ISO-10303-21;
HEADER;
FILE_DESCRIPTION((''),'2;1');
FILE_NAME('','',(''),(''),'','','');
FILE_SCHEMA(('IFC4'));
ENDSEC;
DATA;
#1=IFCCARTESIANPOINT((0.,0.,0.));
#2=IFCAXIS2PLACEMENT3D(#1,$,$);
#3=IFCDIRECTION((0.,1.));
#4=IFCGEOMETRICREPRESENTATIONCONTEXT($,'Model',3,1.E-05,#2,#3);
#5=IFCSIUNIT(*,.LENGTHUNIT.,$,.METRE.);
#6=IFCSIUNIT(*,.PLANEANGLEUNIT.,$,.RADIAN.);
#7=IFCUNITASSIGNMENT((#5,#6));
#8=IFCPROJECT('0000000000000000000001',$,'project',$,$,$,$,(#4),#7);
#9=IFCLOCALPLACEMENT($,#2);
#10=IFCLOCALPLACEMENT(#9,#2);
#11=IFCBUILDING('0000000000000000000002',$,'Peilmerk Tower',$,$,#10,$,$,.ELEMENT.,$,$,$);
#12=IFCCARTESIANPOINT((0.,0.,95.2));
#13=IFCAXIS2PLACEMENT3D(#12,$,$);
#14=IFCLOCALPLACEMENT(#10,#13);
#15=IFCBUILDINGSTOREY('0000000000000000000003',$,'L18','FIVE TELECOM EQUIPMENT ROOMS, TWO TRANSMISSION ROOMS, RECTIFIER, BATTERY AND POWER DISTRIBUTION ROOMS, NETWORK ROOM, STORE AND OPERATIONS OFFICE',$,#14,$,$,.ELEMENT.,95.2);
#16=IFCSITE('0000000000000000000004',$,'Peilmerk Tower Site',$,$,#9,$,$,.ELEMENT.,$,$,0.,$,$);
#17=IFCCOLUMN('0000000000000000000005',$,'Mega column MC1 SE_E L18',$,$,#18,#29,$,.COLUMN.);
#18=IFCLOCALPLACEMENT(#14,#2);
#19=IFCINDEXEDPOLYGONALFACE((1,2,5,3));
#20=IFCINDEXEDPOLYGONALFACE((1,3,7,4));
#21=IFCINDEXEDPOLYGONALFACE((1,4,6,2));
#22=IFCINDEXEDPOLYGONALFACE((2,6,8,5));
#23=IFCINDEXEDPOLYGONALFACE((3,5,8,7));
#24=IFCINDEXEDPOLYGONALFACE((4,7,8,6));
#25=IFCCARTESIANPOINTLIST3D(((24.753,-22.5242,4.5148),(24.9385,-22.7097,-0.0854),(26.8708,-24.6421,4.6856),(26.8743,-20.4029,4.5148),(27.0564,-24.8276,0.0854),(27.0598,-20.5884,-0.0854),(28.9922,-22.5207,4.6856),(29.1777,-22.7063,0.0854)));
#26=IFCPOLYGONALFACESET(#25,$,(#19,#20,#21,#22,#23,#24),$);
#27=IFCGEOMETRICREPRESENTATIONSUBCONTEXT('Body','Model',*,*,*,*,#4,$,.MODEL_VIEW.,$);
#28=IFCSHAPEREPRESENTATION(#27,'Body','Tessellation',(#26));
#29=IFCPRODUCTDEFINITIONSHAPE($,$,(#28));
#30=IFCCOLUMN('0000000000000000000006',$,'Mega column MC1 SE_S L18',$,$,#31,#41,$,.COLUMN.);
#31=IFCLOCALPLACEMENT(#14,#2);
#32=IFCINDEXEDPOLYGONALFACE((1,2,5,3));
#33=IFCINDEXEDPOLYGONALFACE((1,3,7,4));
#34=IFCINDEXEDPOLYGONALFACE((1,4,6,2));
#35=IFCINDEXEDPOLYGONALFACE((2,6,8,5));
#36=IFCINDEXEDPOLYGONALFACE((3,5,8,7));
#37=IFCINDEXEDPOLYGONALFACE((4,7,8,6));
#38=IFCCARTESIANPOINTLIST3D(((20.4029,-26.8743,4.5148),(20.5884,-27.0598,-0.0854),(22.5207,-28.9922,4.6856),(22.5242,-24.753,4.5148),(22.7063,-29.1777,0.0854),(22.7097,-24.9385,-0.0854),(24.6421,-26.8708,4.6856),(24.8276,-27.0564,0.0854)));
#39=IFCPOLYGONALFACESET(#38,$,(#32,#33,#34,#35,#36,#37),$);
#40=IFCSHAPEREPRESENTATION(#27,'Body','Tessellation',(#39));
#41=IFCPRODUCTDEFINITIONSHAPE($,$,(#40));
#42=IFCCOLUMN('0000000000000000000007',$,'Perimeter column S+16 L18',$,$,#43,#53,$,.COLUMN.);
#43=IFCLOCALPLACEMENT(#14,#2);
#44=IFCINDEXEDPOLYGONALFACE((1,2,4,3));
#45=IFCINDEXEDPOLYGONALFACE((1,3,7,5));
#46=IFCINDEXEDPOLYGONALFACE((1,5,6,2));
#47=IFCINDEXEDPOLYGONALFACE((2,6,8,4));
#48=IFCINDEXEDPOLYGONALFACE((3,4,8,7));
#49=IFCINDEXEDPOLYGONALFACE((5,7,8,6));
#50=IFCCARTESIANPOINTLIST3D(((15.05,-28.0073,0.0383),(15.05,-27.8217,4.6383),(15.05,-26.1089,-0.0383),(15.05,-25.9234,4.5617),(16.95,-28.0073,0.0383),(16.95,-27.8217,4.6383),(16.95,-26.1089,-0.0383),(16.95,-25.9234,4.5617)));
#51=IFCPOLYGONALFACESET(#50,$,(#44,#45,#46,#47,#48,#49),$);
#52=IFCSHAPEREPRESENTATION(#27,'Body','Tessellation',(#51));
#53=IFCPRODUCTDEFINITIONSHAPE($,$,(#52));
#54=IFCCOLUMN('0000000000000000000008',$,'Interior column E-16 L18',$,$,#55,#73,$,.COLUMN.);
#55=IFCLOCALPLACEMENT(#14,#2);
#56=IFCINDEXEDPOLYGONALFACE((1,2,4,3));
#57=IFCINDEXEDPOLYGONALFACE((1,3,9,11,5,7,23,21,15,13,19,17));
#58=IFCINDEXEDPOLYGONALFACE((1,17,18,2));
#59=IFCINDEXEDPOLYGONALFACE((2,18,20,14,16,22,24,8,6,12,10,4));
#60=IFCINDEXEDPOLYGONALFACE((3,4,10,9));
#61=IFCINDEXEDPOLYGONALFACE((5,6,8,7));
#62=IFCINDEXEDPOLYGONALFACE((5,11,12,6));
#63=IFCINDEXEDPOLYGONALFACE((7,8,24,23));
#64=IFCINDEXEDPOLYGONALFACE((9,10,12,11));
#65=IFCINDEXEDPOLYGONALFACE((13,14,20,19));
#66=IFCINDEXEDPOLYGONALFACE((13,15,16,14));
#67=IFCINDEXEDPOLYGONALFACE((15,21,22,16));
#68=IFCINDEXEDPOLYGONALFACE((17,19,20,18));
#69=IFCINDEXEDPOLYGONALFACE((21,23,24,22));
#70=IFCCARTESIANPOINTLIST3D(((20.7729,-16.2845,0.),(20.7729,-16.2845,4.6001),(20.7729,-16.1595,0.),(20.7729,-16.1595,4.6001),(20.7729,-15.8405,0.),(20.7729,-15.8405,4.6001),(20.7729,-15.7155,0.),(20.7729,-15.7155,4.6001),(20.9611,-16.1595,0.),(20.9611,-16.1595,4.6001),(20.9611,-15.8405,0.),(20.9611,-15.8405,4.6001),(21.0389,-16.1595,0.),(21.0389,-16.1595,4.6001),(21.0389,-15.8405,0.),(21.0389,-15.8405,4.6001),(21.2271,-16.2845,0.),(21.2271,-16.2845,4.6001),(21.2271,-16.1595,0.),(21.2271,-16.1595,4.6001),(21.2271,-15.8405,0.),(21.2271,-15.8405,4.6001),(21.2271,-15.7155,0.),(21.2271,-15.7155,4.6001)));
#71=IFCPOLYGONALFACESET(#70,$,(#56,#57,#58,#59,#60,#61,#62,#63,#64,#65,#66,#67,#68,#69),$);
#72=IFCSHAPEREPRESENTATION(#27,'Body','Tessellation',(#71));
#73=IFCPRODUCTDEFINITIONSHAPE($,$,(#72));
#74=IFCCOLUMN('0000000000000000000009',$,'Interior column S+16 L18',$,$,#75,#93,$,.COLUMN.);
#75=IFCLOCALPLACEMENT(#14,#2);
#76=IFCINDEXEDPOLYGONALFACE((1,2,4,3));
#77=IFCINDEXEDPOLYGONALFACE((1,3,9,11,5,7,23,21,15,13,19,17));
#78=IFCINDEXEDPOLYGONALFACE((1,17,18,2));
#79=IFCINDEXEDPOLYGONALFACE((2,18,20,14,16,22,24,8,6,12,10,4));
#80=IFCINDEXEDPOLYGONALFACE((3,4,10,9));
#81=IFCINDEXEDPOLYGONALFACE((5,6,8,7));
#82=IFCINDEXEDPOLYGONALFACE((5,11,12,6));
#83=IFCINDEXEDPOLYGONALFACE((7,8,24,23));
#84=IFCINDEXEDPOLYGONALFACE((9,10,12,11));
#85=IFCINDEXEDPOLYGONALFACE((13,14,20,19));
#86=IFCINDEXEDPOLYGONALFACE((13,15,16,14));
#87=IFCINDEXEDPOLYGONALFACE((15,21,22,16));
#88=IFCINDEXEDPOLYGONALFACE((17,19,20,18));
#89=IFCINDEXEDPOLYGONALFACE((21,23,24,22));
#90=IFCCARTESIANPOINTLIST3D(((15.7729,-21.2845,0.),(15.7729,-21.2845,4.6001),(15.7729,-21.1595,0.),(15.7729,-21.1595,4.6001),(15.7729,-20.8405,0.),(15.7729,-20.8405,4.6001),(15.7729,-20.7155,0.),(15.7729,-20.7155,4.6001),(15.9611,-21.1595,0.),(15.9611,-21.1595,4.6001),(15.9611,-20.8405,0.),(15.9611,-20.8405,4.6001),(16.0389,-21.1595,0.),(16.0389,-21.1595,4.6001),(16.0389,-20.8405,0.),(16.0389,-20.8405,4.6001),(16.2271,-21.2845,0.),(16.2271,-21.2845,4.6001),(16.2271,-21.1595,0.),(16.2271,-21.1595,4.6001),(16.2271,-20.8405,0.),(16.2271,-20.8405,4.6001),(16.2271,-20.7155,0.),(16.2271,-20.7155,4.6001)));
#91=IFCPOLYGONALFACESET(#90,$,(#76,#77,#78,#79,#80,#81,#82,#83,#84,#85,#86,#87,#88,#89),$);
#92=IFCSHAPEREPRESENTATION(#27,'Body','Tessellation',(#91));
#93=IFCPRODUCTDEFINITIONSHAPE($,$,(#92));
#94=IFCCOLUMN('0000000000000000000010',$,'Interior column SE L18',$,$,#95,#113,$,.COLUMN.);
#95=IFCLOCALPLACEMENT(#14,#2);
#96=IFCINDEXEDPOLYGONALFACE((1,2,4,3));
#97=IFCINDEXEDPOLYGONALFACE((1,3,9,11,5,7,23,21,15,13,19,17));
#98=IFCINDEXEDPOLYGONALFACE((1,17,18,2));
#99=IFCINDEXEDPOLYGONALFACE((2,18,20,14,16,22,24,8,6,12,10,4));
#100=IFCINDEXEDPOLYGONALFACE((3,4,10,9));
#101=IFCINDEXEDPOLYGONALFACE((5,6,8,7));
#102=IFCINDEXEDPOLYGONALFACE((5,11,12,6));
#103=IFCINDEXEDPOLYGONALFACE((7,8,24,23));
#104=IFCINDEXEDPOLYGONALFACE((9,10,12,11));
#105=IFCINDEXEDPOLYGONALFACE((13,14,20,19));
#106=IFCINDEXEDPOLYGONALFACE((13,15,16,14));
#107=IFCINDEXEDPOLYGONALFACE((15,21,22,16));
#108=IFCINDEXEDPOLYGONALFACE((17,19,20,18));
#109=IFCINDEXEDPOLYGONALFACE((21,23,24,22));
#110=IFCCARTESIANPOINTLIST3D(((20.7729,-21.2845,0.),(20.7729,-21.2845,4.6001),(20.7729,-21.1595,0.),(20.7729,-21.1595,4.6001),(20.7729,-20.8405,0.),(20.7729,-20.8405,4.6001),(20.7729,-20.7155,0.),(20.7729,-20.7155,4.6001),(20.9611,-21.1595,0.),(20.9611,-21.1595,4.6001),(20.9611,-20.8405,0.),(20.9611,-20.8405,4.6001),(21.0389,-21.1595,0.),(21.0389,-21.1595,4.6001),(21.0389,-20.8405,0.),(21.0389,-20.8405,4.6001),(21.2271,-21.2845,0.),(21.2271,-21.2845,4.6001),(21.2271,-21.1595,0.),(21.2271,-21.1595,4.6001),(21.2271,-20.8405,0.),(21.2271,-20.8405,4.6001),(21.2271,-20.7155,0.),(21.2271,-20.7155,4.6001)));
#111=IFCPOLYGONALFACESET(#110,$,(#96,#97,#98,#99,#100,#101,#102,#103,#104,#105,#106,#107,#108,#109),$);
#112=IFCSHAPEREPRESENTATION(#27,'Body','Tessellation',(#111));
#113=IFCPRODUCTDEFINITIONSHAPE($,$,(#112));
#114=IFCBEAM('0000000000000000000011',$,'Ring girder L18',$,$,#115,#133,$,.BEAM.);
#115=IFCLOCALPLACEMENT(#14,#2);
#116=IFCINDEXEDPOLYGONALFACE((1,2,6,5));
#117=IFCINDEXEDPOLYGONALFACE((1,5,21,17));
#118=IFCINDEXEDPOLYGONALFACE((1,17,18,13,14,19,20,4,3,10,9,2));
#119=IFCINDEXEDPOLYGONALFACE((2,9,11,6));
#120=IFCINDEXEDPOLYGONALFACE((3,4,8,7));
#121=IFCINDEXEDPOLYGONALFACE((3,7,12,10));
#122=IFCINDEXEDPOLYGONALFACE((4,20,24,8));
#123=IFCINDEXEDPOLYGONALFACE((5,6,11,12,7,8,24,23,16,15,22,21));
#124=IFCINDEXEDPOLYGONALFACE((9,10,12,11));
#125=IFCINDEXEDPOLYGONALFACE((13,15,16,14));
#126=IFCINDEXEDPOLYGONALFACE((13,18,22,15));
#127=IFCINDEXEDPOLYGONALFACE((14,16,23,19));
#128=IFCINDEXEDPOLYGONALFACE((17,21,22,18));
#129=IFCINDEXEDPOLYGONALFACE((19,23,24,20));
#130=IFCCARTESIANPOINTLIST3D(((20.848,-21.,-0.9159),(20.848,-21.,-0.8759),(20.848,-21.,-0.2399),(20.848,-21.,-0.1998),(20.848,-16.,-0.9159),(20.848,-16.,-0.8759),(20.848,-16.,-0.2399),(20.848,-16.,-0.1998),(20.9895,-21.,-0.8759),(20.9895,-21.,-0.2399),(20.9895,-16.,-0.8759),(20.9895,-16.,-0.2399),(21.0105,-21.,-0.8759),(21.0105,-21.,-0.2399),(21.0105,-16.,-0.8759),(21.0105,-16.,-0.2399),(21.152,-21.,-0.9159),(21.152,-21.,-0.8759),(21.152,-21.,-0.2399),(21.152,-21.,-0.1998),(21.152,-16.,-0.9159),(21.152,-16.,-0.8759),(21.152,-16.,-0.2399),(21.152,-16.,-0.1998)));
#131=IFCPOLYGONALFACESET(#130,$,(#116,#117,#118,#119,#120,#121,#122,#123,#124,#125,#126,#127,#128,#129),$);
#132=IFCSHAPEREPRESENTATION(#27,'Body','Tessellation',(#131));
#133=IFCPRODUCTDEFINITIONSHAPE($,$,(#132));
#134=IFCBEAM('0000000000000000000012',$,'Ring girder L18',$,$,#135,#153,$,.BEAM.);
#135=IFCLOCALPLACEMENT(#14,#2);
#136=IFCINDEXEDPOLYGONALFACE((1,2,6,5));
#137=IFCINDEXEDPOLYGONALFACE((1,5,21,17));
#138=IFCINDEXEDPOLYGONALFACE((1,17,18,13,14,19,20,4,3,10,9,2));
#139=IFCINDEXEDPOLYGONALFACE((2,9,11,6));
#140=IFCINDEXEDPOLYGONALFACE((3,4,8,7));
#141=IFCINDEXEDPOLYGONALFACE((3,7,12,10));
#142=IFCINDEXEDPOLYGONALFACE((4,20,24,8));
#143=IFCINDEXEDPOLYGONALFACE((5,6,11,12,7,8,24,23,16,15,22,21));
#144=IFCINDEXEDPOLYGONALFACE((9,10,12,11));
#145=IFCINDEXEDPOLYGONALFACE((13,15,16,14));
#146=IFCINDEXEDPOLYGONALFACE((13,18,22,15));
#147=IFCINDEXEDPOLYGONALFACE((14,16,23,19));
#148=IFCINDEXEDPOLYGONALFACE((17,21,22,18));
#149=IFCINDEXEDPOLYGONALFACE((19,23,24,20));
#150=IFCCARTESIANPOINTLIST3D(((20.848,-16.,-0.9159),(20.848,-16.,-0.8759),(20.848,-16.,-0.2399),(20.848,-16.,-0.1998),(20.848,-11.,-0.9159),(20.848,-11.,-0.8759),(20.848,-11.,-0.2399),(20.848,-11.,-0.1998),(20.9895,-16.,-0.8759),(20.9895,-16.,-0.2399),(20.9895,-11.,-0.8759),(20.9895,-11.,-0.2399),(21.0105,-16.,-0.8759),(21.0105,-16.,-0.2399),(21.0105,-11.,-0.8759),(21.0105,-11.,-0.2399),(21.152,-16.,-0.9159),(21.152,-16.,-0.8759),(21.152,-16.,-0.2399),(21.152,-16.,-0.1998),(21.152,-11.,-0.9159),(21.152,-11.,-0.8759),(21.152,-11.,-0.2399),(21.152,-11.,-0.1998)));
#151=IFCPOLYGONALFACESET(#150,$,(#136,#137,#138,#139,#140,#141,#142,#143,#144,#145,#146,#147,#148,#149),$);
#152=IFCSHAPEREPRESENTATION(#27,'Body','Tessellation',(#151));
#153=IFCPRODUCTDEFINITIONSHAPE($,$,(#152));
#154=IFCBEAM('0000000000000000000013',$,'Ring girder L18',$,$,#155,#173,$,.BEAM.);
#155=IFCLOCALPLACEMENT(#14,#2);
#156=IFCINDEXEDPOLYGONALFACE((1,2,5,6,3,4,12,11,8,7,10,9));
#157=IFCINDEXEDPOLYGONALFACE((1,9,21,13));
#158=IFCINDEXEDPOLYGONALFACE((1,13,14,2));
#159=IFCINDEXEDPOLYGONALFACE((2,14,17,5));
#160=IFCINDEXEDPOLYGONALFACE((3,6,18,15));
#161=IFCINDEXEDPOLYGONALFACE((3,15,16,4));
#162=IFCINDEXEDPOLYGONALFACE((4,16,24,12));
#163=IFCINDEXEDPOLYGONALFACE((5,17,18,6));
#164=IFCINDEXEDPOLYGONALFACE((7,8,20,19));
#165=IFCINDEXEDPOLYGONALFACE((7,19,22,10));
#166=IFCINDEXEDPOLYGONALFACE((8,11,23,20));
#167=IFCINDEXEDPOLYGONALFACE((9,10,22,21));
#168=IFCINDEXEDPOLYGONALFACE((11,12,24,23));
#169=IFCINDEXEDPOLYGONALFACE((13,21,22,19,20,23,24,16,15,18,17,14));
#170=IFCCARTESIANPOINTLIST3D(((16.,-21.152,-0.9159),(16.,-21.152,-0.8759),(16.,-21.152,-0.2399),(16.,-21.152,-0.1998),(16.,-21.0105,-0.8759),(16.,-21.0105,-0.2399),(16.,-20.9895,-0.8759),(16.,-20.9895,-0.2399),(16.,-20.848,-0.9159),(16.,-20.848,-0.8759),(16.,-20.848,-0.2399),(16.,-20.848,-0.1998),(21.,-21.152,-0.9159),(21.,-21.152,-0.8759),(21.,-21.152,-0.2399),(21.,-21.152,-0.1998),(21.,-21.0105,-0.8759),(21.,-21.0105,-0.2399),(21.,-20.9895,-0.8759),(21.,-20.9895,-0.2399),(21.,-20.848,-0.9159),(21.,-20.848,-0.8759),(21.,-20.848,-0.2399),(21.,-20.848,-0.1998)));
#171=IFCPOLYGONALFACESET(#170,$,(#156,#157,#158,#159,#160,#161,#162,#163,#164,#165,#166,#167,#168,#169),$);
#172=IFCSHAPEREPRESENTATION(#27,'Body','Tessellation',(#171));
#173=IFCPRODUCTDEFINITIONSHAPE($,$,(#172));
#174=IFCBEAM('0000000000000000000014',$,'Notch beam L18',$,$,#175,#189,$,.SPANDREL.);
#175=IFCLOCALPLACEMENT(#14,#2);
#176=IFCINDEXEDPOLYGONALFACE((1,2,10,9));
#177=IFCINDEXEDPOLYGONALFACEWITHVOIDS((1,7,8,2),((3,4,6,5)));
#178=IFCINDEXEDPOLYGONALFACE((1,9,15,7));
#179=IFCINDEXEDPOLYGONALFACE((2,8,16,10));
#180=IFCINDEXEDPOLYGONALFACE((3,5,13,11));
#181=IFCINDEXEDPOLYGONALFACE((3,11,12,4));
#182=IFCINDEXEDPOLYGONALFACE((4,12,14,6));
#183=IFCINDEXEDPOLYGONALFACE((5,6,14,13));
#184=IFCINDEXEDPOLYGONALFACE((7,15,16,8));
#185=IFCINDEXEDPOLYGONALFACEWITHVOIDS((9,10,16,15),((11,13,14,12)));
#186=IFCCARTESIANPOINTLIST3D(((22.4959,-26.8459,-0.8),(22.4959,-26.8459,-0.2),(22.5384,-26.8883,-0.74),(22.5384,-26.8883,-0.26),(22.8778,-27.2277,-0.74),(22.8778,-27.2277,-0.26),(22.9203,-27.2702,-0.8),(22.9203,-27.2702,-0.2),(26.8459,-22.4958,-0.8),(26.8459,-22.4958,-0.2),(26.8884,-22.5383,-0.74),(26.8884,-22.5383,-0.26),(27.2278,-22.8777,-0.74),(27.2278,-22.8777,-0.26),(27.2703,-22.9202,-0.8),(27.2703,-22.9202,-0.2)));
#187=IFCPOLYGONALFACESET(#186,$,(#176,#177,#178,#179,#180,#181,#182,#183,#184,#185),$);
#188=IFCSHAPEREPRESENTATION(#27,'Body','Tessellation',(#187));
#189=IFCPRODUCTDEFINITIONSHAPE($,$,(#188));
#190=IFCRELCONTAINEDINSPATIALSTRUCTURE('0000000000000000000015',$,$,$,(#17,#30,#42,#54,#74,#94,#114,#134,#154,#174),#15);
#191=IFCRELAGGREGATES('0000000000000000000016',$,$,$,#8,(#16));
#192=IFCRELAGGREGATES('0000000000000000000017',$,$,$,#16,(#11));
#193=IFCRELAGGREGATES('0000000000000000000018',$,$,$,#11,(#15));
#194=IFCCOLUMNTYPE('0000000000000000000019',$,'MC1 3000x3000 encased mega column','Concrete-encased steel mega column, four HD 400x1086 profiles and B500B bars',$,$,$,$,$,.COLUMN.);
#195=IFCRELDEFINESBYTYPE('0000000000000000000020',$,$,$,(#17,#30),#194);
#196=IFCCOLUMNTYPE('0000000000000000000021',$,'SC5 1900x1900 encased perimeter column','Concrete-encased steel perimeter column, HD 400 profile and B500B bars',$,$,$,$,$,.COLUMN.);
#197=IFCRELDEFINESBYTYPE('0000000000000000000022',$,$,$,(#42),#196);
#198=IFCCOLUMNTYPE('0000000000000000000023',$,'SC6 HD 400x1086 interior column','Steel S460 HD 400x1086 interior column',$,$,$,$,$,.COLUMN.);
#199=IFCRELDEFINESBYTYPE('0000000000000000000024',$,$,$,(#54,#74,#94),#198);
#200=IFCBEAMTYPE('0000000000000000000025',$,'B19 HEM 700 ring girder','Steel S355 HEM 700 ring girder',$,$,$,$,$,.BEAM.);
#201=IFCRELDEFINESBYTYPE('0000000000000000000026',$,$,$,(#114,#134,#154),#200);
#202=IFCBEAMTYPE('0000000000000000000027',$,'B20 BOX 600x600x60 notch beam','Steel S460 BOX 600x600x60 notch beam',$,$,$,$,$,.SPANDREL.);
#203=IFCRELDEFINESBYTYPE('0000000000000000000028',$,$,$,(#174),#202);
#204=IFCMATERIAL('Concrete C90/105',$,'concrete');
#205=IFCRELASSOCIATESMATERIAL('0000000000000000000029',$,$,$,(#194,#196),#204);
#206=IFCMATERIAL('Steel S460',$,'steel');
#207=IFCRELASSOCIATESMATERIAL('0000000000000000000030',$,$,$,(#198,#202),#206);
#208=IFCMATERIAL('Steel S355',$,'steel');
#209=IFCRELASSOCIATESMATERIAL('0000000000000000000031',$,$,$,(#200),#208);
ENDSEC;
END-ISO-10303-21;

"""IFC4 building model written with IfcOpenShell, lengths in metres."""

from ifc_helpers import new_model, si_unit, direction, frame, origin, origin_2d, place, context, subcontext, project, spatial, rectangle, hollow_rectangle, i_section, extrude, material, material_profile, profile_set, type_object, element, save


model = new_model("IFC4")

# Units and contexts
model_context = context("Model", 3, precision=1e-05, world=origin(), true_north=direction((0.0, 1.0)))
body_context = subcontext(model_context, "Body", "Model", "MODEL_VIEW")
ifc_project = project(units=[si_unit("LENGTHUNIT", "METRE"), si_unit("PLANEANGLEUNIT", "RADIAN")], contexts=[model_context])

# Site, building, storey
site_placement = place(None, origin())
site = spatial("IfcSite", under=ifc_project, at=site_placement, Name="Peilmerk Tower Site", CompositionType="ELEMENT", RefElevation=0.0)
building_placement = place(site_placement, origin())
building = spatial("IfcBuilding", under=site, at=building_placement, Name="Peilmerk Tower", CompositionType="ELEMENT")
storey_placement = place(building_placement, frame((0.0, 0.0, 95.2)))
storey = spatial("IfcBuildingStorey", under=building, at=storey_placement, Name="L18", Description="FIVE TELECOM EQUIPMENT ROOMS, TWO TRANSMISSION ROOMS, RECTIFIER, BATTERY AND POWER DISTRIBUTION ROOMS, NETWORK ROOM, STORE AND OPERATIONS OFFICE", CompositionType="ELEMENT", Elevation=95.2)

# Columns
ifc_material_1 = material(Name="Concrete C90/105", Category="concrete")
ifc_material_profile_1 = material_profile(ifc_material_1, rectangle(XDim=3.0, YDim=3.0, at=origin_2d()), Name="RC 3000x3000")
ifc_profile_set_1 = profile_set([ifc_material_profile_1], Name="Concrete C90/105")
column_type_1 = type_object("IfcColumnType", Name="MC1 3000x3000 encased mega column", Description="Concrete-encased steel mega column, four HD 400x1086 profiles and B500B bars", PredefinedType="COLUMN", material=ifc_profile_set_1)
for number, where, z_axis, x_axis, name in (
    (1, (27.0581, -22.708, 0.0), (-0.04027, 0.04027, 0.998377), (-0.707107, -0.707107, 0.0), "Mega column MC1 SE_E L18"),
    (2, (22.708, -27.0581, 0.0), (-0.04027, 0.04027, 0.998377), (-0.707107, -0.707107, 0.0), "Mega column MC1 SE_S L18"),
):
    element("IfcColumn", number, at=place(storey_placement, frame(where, z_axis=z_axis, x_axis=x_axis)), inside=storey, type_object=column_type_1, Name=name, PredefinedType="COLUMN", context=body_context, shape_type="SweptSolid", body=[
        extrude(rectangle(XDim=3.0, YDim=3.0, at=origin_2d()), origin(), (0.0, 0.0, 1.0), 4.6077),
    ])
ifc_material_profile_2 = material_profile(ifc_material_1, rectangle(XDim=1.8999, YDim=1.8999, at=origin_2d()), Name="RC 1900x1900")
ifc_profile_set_2 = profile_set([ifc_material_profile_2], Name="Concrete C90/105")
column_type_2 = type_object("IfcColumnType", Name="SC5 1900x1900 encased perimeter column", Description="Concrete-encased steel perimeter column, HD 400 profile and B500B bars", PredefinedType="COLUMN", material=ifc_profile_set_2)
column_placement = place(storey_placement, frame((16.0, -27.0581, 0.0), z_axis=(0.0, 0.040303, 0.999188), x_axis=(-1.0, 0.0, 0.0)))
element("IfcColumn", 3, at=column_placement, inside=storey, type_object=column_type_2, Name="Perimeter column S+16 L18", PredefinedType="COLUMN", context=body_context, shape_type="SweptSolid", body=[
    extrude(rectangle(XDim=1.8999, YDim=1.8999, at=origin_2d()), origin(), (0.0, 0.0, 1.0), 4.6038),
])
ifc_material_2 = material(Name="Steel S460", Category="steel")
ifc_material_profile_3 = material_profile(ifc_material_2, i_section(OverallWidth=0.4541, OverallDepth=0.5691, WebThickness=0.0779, FlangeThickness=0.125, at=origin_2d()), Name="HD 400x1086")
ifc_profile_set_3 = profile_set([ifc_material_profile_3], Name="Steel S460")
column_type_3 = type_object("IfcColumnType", Name="SC6 HD 400x1086 interior column", Description="Steel S460 HD 400x1086 interior column", PredefinedType="COLUMN", material=ifc_profile_set_3)
for number, where, z_axis, x_axis, name in (
    (4, (21.0, -16.0, 0.0), (0.0, 0.0, 1.0), (1.0, 0.0, 0.0), "Interior column E-16 L18"),
    (5, (16.0, -21.0, 0.0), (0.0, 0.0, 1.0), (1.0, 0.0, 0.0), "Interior column S+16 L18"),
    (6, (21.0, -21.0, 0.0), (0.0, 0.0, 1.0), (1.0, 0.0, 0.0), "Interior column SE L18"),
):
    element("IfcColumn", number, at=place(storey_placement, frame(where, z_axis=z_axis, x_axis=x_axis)), inside=storey, type_object=column_type_3, Name=name, PredefinedType="COLUMN", context=body_context, shape_type="SweptSolid", body=[
        extrude(i_section(OverallWidth=0.4541, OverallDepth=0.5691, WebThickness=0.0779, FlangeThickness=0.125, at=origin_2d()), origin(), (0.0, 0.0, 1.0), 4.6001),
    ])

# Beams
ifc_material_3 = material(Name="Steel S355", Category="steel")
ifc_material_profile_4 = material_profile(ifc_material_3, i_section(OverallWidth=0.304, OverallDepth=0.7161, WebThickness=0.021, FlangeThickness=0.04, at=origin_2d()), Name="HEM 700")
ifc_profile_set_4 = profile_set([ifc_material_profile_4], Name="Steel S355")
beam_type_1 = type_object("IfcBeamType", Name="B19 HEM 700 ring girder", Description="Steel S355 HEM 700 ring girder", PredefinedType="BEAM", material=ifc_profile_set_4)
for number, where, z_axis, x_axis, name in (
    (7, (21.0, -21.0, -0.5579), (0.0, 1.0, 0.0), (-1.0, 0.0, 0.0), "Ring girder L18"),
    (8, (21.0, -16.0, -0.5579), (0.0, 1.0, 0.0), (-1.0, 0.0, 0.0), "Ring girder L18"),
    (9, (16.0, -21.0, -0.5579), (1.0, 0.0, 0.0), (0.0, 1.0, 0.0), "Ring girder L18"),
):
    element("IfcBeam", number, at=place(storey_placement, frame(where, z_axis=z_axis, x_axis=x_axis)), inside=storey, type_object=beam_type_1, Name=name, PredefinedType="BEAM", context=body_context, shape_type="SweptSolid", body=[
        extrude(i_section(OverallWidth=0.304, OverallDepth=0.7161, WebThickness=0.021, FlangeThickness=0.04, at=origin_2d()), origin(), (0.0, 0.0, 1.0), 5.0),
    ])
ifc_material_profile_5 = material_profile(ifc_material_2, hollow_rectangle(XDim=0.6001, YDim=0.6001, WallThickness=0.0601, at=origin_2d()), Name="BOX 600x600x60")
ifc_profile_set_5 = profile_set([ifc_material_profile_5], Name="Steel S460")
beam_type_2 = type_object("IfcBeamType", Name="B20 BOX 600x600x60 notch beam", Description="Steel S460 BOX 600x600x60 notch beam", PredefinedType="SPANDREL", material=ifc_profile_set_5)
beam_1_placement = place(storey_placement, frame((27.0581, -22.708, -0.5), z_axis=(-0.707107, -0.707107, 0.0), x_axis=(0.707107, -0.707107, 0.0)))
element("IfcBeam", 10, at=beam_1_placement, inside=storey, type_object=beam_type_2, Name="Notch beam L18", PredefinedType="SPANDREL", context=body_context, shape_type="SweptSolid", body=[
    extrude(hollow_rectangle(XDim=0.6001, YDim=0.6001, WallThickness=0.0601, at=origin_2d()), origin(), (0.0, 0.0, 1.0), 6.1519),
])

save(model, "model.ifc")
